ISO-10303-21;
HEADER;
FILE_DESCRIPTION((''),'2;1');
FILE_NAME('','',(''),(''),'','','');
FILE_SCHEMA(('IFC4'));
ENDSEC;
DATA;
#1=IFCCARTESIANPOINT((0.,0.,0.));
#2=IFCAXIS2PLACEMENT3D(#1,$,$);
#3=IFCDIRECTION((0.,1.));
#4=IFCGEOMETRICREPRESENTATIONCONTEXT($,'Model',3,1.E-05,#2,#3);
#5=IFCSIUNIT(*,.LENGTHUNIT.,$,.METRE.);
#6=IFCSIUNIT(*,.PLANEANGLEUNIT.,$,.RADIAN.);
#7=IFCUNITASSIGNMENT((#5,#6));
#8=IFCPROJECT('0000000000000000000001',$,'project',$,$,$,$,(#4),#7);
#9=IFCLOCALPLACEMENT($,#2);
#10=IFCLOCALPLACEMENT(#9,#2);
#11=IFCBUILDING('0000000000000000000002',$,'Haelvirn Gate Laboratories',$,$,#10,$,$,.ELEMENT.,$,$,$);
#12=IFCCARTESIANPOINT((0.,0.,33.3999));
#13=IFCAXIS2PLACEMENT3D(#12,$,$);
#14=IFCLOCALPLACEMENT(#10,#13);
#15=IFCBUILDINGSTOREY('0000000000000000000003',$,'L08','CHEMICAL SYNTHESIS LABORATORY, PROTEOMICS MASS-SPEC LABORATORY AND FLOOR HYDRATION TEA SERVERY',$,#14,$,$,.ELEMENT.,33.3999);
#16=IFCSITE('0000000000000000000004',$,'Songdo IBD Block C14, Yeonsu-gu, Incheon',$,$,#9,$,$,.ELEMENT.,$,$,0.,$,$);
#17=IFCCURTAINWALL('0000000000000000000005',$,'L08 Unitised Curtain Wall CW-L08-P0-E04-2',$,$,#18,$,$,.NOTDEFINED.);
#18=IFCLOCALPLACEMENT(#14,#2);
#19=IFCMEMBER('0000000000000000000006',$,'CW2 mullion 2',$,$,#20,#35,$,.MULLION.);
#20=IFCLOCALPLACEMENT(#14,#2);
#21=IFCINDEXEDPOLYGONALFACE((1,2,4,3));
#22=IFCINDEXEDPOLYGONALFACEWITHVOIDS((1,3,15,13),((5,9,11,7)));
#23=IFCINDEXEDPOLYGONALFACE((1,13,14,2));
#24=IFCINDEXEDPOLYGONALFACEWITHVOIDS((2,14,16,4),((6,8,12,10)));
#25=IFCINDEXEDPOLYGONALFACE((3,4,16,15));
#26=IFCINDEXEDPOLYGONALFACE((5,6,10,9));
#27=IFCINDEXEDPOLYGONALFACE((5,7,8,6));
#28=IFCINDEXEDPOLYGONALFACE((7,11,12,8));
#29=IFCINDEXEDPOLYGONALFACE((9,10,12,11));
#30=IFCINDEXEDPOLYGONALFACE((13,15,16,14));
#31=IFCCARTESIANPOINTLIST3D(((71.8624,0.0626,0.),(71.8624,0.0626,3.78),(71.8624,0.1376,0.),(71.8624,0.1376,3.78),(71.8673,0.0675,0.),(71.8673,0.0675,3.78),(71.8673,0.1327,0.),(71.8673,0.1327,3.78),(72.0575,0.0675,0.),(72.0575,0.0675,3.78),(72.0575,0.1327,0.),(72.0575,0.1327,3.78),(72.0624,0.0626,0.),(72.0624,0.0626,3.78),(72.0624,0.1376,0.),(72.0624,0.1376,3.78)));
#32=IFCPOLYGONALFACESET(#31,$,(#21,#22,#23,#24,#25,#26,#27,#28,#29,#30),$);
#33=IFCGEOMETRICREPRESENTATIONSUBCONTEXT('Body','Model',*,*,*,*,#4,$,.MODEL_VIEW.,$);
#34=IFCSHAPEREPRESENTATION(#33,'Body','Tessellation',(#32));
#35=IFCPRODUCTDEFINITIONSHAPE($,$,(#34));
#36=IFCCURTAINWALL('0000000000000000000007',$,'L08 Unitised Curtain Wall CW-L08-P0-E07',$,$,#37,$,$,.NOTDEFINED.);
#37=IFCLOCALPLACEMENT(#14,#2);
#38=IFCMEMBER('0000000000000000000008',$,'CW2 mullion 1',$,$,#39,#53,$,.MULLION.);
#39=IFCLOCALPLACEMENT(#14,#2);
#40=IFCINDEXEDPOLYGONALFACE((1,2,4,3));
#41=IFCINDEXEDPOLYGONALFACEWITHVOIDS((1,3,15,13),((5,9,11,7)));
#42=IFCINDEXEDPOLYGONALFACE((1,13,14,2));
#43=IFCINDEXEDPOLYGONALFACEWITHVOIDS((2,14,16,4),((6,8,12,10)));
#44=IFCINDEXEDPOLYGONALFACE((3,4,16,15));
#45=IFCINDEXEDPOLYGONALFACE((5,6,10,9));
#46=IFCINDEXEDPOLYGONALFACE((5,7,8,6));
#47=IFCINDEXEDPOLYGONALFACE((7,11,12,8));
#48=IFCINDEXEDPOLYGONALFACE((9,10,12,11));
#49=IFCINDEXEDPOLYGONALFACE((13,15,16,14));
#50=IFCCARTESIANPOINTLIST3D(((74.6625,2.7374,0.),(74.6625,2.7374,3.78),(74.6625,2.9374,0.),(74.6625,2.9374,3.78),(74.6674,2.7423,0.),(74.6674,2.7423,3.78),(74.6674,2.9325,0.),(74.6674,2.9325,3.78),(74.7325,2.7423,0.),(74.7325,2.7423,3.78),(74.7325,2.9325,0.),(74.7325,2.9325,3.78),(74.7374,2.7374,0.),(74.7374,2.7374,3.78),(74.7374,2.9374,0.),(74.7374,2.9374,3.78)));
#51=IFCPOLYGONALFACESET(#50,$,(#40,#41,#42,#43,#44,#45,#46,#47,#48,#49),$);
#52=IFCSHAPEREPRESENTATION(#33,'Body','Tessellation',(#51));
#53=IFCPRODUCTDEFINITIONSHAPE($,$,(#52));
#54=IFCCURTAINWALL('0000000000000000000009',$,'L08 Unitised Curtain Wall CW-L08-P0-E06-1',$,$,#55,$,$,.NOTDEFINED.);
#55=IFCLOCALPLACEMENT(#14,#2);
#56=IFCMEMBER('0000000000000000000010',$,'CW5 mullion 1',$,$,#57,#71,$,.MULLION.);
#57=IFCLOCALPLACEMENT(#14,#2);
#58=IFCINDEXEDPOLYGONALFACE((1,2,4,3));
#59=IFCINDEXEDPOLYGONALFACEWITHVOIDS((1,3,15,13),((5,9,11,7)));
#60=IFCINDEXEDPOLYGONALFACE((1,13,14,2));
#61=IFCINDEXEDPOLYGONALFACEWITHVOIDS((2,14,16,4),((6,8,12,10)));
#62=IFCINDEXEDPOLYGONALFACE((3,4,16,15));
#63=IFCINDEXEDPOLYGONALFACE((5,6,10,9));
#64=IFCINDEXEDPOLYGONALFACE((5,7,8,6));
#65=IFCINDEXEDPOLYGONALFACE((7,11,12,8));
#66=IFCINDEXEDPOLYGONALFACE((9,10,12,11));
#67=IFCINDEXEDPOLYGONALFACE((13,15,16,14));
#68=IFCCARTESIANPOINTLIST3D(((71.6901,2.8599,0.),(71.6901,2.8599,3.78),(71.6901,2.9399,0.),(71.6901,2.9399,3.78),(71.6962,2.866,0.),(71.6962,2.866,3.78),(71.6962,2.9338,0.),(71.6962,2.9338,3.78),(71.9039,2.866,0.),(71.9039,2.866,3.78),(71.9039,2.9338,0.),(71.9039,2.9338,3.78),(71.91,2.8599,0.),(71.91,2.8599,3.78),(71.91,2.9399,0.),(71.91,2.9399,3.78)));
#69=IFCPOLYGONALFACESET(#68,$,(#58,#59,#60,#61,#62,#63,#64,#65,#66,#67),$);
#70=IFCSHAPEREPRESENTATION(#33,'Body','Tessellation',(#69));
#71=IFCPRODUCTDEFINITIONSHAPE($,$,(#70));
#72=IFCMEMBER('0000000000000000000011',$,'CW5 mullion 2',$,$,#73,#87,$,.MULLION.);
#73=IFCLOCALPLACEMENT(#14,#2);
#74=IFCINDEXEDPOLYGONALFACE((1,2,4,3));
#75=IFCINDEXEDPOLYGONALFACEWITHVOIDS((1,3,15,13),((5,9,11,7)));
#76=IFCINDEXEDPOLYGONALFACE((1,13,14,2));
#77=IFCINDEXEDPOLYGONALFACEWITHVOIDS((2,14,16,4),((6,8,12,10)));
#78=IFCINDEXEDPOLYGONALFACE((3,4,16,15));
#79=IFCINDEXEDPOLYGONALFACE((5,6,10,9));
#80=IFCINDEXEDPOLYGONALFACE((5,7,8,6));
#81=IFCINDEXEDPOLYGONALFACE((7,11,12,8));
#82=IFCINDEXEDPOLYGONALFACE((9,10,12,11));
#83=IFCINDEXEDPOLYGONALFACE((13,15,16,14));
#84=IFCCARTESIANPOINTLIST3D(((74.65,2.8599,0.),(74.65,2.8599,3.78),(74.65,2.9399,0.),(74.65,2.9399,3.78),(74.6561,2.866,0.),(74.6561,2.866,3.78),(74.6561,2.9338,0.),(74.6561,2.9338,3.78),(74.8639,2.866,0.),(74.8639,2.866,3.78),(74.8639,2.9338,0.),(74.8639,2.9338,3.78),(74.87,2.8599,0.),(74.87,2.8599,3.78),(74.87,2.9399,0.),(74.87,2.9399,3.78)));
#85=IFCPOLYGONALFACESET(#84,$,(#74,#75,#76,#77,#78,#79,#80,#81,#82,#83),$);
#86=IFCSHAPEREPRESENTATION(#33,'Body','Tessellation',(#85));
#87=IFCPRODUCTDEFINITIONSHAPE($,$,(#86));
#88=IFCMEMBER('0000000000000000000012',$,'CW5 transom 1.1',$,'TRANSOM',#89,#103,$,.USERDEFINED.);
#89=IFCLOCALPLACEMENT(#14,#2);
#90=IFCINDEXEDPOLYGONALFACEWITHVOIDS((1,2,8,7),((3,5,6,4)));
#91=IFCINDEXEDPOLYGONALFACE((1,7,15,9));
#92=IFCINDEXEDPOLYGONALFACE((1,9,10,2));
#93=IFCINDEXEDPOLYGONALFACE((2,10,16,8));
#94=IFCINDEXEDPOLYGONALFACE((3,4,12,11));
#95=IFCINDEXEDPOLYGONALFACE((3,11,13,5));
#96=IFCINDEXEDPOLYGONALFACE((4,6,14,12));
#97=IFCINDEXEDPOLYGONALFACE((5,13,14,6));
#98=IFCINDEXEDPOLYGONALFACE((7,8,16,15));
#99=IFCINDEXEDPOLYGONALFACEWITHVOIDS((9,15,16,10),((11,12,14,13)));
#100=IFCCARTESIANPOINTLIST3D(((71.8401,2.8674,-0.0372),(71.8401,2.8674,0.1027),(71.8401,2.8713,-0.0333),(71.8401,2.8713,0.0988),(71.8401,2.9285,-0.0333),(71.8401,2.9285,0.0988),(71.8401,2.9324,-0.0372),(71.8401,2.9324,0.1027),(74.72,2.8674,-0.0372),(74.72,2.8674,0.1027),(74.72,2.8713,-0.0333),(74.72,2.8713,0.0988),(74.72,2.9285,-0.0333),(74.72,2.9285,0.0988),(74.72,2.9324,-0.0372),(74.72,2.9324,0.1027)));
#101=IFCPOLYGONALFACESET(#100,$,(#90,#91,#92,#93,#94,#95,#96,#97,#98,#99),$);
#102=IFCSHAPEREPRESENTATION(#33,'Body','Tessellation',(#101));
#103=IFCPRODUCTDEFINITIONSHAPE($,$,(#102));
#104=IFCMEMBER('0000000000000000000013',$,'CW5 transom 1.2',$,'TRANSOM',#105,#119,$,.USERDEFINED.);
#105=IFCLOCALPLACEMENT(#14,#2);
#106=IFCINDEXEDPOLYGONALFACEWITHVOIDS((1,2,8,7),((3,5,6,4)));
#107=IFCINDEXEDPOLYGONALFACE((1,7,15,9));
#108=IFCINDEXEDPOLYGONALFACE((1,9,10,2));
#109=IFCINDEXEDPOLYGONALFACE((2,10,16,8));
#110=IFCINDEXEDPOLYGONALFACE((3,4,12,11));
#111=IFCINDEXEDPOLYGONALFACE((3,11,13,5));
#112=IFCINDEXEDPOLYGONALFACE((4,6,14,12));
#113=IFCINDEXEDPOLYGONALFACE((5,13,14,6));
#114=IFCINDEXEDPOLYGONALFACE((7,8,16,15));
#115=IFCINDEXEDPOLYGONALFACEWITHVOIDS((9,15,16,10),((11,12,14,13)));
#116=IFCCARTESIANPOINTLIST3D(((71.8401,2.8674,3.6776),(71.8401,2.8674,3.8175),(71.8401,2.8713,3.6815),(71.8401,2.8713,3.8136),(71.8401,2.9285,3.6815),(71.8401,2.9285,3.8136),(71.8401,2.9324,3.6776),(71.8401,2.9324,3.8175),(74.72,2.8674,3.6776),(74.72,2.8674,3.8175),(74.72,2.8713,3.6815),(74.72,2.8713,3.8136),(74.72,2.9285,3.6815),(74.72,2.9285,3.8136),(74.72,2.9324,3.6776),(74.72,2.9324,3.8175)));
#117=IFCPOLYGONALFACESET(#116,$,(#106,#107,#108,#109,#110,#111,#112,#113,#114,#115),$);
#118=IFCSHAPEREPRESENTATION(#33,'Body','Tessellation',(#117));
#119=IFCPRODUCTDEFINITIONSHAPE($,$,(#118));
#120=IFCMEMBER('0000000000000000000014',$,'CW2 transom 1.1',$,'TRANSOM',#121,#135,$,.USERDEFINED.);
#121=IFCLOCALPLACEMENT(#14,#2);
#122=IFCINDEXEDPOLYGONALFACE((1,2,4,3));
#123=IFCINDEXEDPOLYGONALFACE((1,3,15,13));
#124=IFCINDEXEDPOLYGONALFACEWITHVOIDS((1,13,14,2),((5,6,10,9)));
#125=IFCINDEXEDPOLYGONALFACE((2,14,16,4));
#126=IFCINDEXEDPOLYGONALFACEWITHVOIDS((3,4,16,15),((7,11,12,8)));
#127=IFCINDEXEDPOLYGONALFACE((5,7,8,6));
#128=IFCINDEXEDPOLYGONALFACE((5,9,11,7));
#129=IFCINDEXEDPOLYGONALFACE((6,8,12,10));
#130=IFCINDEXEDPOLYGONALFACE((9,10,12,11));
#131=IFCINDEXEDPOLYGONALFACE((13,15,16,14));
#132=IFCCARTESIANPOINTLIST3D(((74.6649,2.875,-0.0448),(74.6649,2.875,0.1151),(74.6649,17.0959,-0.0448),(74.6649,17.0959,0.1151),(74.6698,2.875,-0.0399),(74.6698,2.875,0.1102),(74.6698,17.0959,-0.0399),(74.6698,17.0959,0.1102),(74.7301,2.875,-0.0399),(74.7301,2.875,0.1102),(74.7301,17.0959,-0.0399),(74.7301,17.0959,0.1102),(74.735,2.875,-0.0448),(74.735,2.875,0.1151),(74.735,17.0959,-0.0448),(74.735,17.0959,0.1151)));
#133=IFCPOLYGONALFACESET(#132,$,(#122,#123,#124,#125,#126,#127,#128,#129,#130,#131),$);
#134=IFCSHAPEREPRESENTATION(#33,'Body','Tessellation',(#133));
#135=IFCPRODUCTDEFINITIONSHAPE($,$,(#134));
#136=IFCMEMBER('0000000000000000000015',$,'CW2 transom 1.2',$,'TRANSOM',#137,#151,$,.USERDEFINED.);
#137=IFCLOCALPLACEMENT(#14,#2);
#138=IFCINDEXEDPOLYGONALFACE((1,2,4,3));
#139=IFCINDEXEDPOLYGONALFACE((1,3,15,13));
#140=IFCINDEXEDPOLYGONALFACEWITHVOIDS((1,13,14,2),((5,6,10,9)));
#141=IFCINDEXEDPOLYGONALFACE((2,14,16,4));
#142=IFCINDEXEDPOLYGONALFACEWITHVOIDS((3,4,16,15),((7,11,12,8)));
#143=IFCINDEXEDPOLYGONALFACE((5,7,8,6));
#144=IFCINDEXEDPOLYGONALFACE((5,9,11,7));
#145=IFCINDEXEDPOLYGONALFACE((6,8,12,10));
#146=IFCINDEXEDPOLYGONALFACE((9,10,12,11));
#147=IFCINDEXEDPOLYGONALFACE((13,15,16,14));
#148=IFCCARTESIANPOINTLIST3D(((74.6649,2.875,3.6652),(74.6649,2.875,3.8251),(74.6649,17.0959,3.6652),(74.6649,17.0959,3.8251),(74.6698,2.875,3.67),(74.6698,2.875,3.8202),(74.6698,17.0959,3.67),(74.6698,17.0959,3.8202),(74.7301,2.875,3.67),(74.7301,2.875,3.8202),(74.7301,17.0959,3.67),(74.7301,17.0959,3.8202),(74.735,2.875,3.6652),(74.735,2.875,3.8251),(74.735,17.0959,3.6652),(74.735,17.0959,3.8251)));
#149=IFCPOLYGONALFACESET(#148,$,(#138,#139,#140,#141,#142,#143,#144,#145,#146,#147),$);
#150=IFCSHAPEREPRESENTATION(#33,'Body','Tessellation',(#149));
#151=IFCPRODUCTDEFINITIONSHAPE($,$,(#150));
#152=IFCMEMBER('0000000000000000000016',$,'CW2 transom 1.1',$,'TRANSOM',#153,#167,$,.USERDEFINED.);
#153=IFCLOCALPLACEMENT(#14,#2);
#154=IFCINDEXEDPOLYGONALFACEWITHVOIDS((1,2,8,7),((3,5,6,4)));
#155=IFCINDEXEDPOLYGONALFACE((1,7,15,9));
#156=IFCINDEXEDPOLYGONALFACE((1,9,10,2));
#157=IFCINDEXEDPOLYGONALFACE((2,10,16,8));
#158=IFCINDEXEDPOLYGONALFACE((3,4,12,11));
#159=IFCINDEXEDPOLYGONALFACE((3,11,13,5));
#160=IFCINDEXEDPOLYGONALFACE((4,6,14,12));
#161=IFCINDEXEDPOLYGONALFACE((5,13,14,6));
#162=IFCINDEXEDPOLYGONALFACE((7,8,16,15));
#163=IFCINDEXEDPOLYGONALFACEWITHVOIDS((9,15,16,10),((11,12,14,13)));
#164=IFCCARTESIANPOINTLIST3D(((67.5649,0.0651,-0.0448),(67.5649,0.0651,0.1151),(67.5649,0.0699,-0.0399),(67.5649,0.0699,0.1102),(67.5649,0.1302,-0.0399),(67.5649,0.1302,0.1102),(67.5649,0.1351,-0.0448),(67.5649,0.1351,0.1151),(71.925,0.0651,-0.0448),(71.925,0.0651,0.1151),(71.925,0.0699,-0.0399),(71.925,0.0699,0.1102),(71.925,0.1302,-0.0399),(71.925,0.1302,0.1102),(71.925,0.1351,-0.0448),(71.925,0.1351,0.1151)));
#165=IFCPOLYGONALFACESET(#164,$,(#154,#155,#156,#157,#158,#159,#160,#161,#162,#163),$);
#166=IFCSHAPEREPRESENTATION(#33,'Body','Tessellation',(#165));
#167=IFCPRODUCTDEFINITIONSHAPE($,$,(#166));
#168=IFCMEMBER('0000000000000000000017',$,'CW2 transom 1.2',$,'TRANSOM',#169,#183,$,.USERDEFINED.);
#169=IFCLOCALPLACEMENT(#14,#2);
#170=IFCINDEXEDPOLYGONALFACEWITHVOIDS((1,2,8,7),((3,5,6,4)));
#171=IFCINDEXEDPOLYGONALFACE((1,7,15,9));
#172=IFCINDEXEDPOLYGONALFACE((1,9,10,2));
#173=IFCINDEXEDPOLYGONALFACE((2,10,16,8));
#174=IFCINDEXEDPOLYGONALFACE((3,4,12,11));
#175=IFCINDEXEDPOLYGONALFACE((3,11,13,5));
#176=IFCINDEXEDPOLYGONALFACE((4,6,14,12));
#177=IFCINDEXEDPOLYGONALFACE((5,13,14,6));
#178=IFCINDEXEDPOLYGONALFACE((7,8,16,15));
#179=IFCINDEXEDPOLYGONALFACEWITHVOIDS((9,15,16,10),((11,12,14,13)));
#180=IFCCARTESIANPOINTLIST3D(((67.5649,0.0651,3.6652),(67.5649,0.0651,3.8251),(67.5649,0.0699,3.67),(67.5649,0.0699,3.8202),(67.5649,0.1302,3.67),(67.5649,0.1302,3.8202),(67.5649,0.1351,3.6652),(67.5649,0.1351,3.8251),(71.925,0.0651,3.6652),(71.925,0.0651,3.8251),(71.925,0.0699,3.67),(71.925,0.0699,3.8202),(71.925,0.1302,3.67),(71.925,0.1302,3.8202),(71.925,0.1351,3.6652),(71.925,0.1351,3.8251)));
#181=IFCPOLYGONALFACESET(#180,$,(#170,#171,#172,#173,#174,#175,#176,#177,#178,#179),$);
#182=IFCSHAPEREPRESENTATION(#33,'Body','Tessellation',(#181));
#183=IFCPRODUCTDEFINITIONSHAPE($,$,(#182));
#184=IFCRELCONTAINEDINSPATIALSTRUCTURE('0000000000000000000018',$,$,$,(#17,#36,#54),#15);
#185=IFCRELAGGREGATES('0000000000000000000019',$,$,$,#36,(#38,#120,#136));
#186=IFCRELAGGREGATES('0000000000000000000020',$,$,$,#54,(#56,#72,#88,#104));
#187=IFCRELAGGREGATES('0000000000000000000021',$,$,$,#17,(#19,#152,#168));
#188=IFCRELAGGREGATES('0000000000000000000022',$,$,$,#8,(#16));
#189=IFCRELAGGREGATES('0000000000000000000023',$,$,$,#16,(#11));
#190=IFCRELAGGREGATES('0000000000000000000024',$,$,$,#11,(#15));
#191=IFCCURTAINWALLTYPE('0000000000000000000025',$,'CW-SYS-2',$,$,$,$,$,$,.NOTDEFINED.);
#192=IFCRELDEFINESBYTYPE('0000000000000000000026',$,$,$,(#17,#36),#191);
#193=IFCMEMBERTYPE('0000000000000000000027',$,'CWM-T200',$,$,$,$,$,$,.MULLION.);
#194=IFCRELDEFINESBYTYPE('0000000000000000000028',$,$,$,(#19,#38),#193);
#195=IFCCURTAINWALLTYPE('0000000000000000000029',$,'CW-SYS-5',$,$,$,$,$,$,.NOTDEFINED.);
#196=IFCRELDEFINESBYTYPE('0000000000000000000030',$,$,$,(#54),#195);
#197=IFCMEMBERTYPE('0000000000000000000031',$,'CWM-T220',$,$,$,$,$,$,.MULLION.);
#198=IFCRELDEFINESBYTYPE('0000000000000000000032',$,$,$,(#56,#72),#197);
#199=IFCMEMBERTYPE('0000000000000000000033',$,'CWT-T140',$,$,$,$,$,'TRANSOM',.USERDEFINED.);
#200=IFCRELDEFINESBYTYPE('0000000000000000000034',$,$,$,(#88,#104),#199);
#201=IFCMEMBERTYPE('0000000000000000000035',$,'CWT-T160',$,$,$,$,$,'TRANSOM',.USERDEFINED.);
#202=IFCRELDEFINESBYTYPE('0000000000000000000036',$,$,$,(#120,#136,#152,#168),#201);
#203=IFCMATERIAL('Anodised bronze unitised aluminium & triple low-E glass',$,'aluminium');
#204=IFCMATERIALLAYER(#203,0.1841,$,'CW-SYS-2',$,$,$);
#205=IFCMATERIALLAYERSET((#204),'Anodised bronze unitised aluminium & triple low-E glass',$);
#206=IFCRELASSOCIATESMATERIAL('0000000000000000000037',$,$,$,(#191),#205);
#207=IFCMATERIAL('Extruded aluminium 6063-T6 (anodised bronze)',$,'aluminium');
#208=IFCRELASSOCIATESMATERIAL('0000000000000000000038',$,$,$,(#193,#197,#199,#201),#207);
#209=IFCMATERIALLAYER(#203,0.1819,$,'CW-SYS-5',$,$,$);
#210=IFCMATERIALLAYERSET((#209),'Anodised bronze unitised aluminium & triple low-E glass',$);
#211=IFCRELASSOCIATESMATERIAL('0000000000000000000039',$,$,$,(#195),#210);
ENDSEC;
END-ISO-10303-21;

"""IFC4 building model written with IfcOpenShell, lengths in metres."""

from ifc_helpers import new_model, si_unit, direction, frame, origin, origin_2d, place, context, subcontext, project, spatial, hollow_rectangle, extrude, source, transform, mapped, material, layer, layer_set, material_profile, profile_set, type_object, type_shapes, element, aggregate, save


model = new_model("IFC4")

# Units and contexts
model_context = context("Model", 3, precision=1e-05, world=origin(), true_north=direction((0.0, 1.0)))
body_context = subcontext(model_context, "Body", "Model", "MODEL_VIEW")
ifc_project = project(units=[si_unit("LENGTHUNIT", "METRE"), si_unit("PLANEANGLEUNIT", "RADIAN")], contexts=[model_context])

# Site, building, storey
site_placement = place(None, origin())
site = spatial("IfcSite", under=ifc_project, at=site_placement, Name="Songdo IBD Block C14, Yeonsu-gu, Incheon", CompositionType="ELEMENT", RefElevation=0.0)
building_placement = place(site_placement, origin())
building = spatial("IfcBuilding", under=site, at=building_placement, Name="Haelvirn Gate Laboratories", CompositionType="ELEMENT")
storey_placement = place(building_placement, frame((0.0, 0.0, 33.3999)))
storey = spatial("IfcBuildingStorey", under=building, at=storey_placement, Name="L08", Description="CHEMICAL SYNTHESIS LABORATORY, PROTEOMICS MASS-SPEC LABORATORY AND FLOOR HYDRATION TEA SERVERY", CompositionType="ELEMENT", Elevation=33.3999)

# Shared definitions
ifc_material_1 = material(Name="Anodised bronze unitised aluminium & triple low-E glass", Category="aluminium")
ifc_layer_1 = layer(ifc_material_1, 0.1841, Name="CW-SYS-2")
ifc_layer_set_1 = layer_set([ifc_layer_1], Name="Anodised bronze unitised aluminium & triple low-E glass")
curtain_wall_type_1 = type_object("IfcCurtainWallType", Name="CW-SYS-2", PredefinedType="NOTDEFINED", material=ifc_layer_set_1)
ifc_material_2 = material(Name="Extruded aluminium 6063-T6 (anodised bronze)", Category="aluminium")
ifc_material_profile_1 = material_profile(ifc_material_2, hollow_rectangle(XDim=0.075, YDim=0.2, WallThickness=0.0049, at=origin_2d()), Name="CWM-200x75x5")
ifc_profile_set_1 = profile_set([ifc_material_profile_1], Name="Extruded aluminium 6063-T6 (anodised bronze)")
member_type_1 = type_object("IfcMemberType", Name="CWM-T200", PredefinedType="MULLION", material=ifc_profile_set_1)
shared_shape_1 = source(origin(), body_context, "Body", "SweptSolid", [
    extrude(hollow_rectangle(XDim=0.075, YDim=0.2, WallThickness=0.0049, at=origin_2d()), origin(), (0.0, 0.0, 1.0), 3.78),
])
type_shapes(member_type_1, [shared_shape_1])

# Curtain wall, member
curtain_wall_1_placement = place(storey_placement, origin())
curtain_wall_1 = element("IfcCurtainWall", 1, at=curtain_wall_1_placement, inside=storey, type_object=curtain_wall_type_1, Name="L08 Unitised Curtain Wall CW-L08-P0-E04-2", PredefinedType="NOTDEFINED")
member_1_placement = place(storey_placement, frame((71.9624, 0.1001, 0.0), z_axis=(0.0, 0.0, 1.0), x_axis=(0.0, 1.0, 0.0)))
member_1 = element("IfcMember", 2, at=member_1_placement, type_object=member_type_1, Name="CW2 mullion 2", PredefinedType="MULLION", context=body_context, shape_type="MappedRepresentation", body=[
    mapped(shared_shape_1, transform((0.0, 0.0, 0.0), scale=1.0)),
])

# Curtain wall, member
curtain_wall_2_placement = place(storey_placement, origin())
curtain_wall_2 = element("IfcCurtainWall", 3, at=curtain_wall_2_placement, inside=storey, type_object=curtain_wall_type_1, Name="L08 Unitised Curtain Wall CW-L08-P0-E07", PredefinedType="NOTDEFINED")
member_2_placement = place(storey_placement, frame((74.7, 2.8374, 0.0), z_axis=(0.0, 0.0, 1.0), x_axis=(-1.0, 0.0, 0.0)))
member_2 = element("IfcMember", 4, at=member_2_placement, type_object=member_type_1, Name="CW2 mullion 1", PredefinedType="MULLION", context=body_context, shape_type="MappedRepresentation", body=[
    mapped(shared_shape_1, transform((0.0, 0.0, 0.0), scale=1.0)),
])

# Curtain wall, members
ifc_layer_2 = layer(ifc_material_1, 0.1819, Name="CW-SYS-5")
ifc_layer_set_2 = layer_set([ifc_layer_2], Name="Anodised bronze unitised aluminium & triple low-E glass")
curtain_wall_type_2 = type_object("IfcCurtainWallType", Name="CW-SYS-5", PredefinedType="NOTDEFINED", material=ifc_layer_set_2)
curtain_wall_3_placement = place(storey_placement, origin())
curtain_wall_3 = element("IfcCurtainWall", 5, at=curtain_wall_3_placement, inside=storey, type_object=curtain_wall_type_2, Name="L08 Unitised Curtain Wall CW-L08-P0-E06-1", PredefinedType="NOTDEFINED")
ifc_material_profile_2 = material_profile(ifc_material_2, hollow_rectangle(XDim=0.0801, YDim=0.22, WallThickness=0.0061, at=origin_2d()), Name="CWM-220x80x6")
ifc_profile_set_2 = profile_set([ifc_material_profile_2], Name="Extruded aluminium 6063-T6 (anodised bronze)")
member_type_2 = type_object("IfcMemberType", Name="CWM-T220", PredefinedType="MULLION", material=ifc_profile_set_2)
shared_shape_2 = source(origin(), body_context, "Body", "SweptSolid", [
    extrude(hollow_rectangle(XDim=0.0801, YDim=0.22, WallThickness=0.0061, at=origin_2d()), origin(), (0.0, 0.0, 1.0), 3.78),
])
type_shapes(member_type_2, [shared_shape_2])
member_3_placement = place(storey_placement, frame((71.8, 2.8999, 0.0), z_axis=(0.0, 0.0, 1.0), x_axis=(0.0, 1.0, 0.0)))
member_3 = element("IfcMember", 6, at=member_3_placement, type_object=member_type_2, Name="CW5 mullion 1", PredefinedType="MULLION", context=body_context, shape_type="MappedRepresentation", body=[
    mapped(shared_shape_2, transform((0.0, 0.0, 0.0), scale=1.0)),
])
member_4_placement = place(storey_placement, frame((74.76, 2.8999, 0.0), z_axis=(0.0, 0.0, 1.0), x_axis=(0.0, 1.0, 0.0)))
member_4 = element("IfcMember", 7, at=member_4_placement, type_object=member_type_2, Name="CW5 mullion 2", PredefinedType="MULLION", context=body_context, shape_type="MappedRepresentation", body=[
    mapped(shared_shape_2, transform((0.0, 0.0, 0.0), scale=1.0)),
])
ifc_material_profile_3 = material_profile(ifc_material_2, hollow_rectangle(XDim=0.0649, YDim=0.1399, WallThickness=0.0039, at=origin_2d()), Name="CWT-140x65x4")
ifc_profile_set_3 = profile_set([ifc_material_profile_3], Name="Extruded aluminium 6063-T6 (anodised bronze)")
member_type_3 = type_object("IfcMemberType", Name="CWT-T140", ElementType="TRANSOM", PredefinedType="USERDEFINED", material=ifc_profile_set_3)
shared_shape_3 = source(origin(), body_context, "Body", "SweptSolid", [
    extrude(hollow_rectangle(XDim=0.0649, YDim=0.1399, WallThickness=0.0039, at=origin_2d()), origin(), (0.0, 0.0, 1.0), 2.8799),
])
type_shapes(member_type_3, [shared_shape_3])
member_5_placement = place(storey_placement, frame((71.8401, 2.8999, 0.0327), z_axis=(1.0, 0.0, 0.0), x_axis=(0.0, 1.0, 0.0)))
member_5 = element("IfcMember", 8, at=member_5_placement, type_object=member_type_3, Name="CW5 transom 1.1", ObjectType="TRANSOM", PredefinedType="USERDEFINED", context=body_context, shape_type="MappedRepresentation", body=[
    mapped(shared_shape_3, transform((0.0, 0.0, 0.0), scale=1.0)),
])
member_6_placement = place(storey_placement, frame((71.8401, 2.8999, 3.7476), z_axis=(1.0, 0.0, 0.0), x_axis=(0.0, 1.0, 0.0)))
member_6 = element("IfcMember", 9, at=member_6_placement, type_object=member_type_3, Name="CW5 transom 1.2", ObjectType="TRANSOM", PredefinedType="USERDEFINED", context=body_context, shape_type="MappedRepresentation", body=[
    mapped(shared_shape_3, transform((0.0, 0.0, 0.0), scale=1.0)),
])

# Members
ifc_material_profile_4 = material_profile(ifc_material_2, hollow_rectangle(XDim=0.0701, YDim=0.1599, WallThickness=0.0049, at=origin_2d()), Name="CWT-160x70x5")
ifc_profile_set_4 = profile_set([ifc_material_profile_4], Name="Extruded aluminium 6063-T6 (anodised bronze)")
member_type_4 = type_object("IfcMemberType", Name="CWT-T160", ElementType="TRANSOM", PredefinedType="USERDEFINED", material=ifc_profile_set_4)
shared_shape_4 = source(origin(), body_context, "Body", "SweptSolid", [
    extrude(hollow_rectangle(XDim=0.0701, YDim=0.1599, WallThickness=0.0049, at=origin_2d()), origin(), (0.0, 0.0, 1.0), 14.2209),
])
member_7_placement = place(storey_placement, frame((74.7, 2.875, 0.0352), z_axis=(0.0, 1.0, 0.0), x_axis=(-1.0, 0.0, 0.0)))
member_7 = element("IfcMember", 10, at=member_7_placement, type_object=member_type_4, Name="CW2 transom 1.1", ObjectType="TRANSOM", PredefinedType="USERDEFINED", context=body_context, shape_type="MappedRepresentation", body=[
    mapped(shared_shape_4, transform((0.0, 0.0, 0.0), scale=1.0)),
])
member_8_placement = place(storey_placement, frame((74.7, 2.875, 3.7451), z_axis=(0.0, 1.0, 0.0), x_axis=(-1.0, 0.0, 0.0)))
member_8 = element("IfcMember", 11, at=member_8_placement, type_object=member_type_4, Name="CW2 transom 1.2", ObjectType="TRANSOM", PredefinedType="USERDEFINED", context=body_context, shape_type="MappedRepresentation", body=[
    mapped(shared_shape_4, transform((0.0, 0.0, 0.0), scale=1.0)),
])
aggregate(curtain_wall_2, [member_2, member_7, member_8])
shared_shape_5 = source(origin(), body_context, "Body", "SweptSolid", [
    extrude(hollow_rectangle(XDim=0.0701, YDim=0.1599, WallThickness=0.0049, at=origin_2d()), origin(), (0.0, 0.0, 1.0), 4.3601),
])
type_shapes(member_type_4, [shared_shape_4, shared_shape_5])
member_9_placement = place(storey_placement, frame((67.5649, 0.1001, 0.0352), z_axis=(1.0, 0.0, 0.0), x_axis=(0.0, 1.0, 0.0)))
member_9 = element("IfcMember", 12, at=member_9_placement, type_object=member_type_4, Name="CW2 transom 1.1", ObjectType="TRANSOM", PredefinedType="USERDEFINED", context=body_context, shape_type="MappedRepresentation", body=[
    mapped(shared_shape_5, transform((0.0, 0.0, 0.0), scale=1.0)),
])
member_10_placement = place(storey_placement, frame((67.5649, 0.1001, 3.7451), z_axis=(1.0, 0.0, 0.0), x_axis=(0.0, 1.0, 0.0)))
member_10 = element("IfcMember", 13, at=member_10_placement, type_object=member_type_4, Name="CW2 transom 1.2", ObjectType="TRANSOM", PredefinedType="USERDEFINED", context=body_context, shape_type="MappedRepresentation", body=[
    mapped(shared_shape_5, transform((0.0, 0.0, 0.0), scale=1.0)),
])

aggregate(curtain_wall_3, [member_3, member_4, member_5, member_6])
aggregate(curtain_wall_1, [member_1, member_9, member_10])

save(model, "model.ifc")
